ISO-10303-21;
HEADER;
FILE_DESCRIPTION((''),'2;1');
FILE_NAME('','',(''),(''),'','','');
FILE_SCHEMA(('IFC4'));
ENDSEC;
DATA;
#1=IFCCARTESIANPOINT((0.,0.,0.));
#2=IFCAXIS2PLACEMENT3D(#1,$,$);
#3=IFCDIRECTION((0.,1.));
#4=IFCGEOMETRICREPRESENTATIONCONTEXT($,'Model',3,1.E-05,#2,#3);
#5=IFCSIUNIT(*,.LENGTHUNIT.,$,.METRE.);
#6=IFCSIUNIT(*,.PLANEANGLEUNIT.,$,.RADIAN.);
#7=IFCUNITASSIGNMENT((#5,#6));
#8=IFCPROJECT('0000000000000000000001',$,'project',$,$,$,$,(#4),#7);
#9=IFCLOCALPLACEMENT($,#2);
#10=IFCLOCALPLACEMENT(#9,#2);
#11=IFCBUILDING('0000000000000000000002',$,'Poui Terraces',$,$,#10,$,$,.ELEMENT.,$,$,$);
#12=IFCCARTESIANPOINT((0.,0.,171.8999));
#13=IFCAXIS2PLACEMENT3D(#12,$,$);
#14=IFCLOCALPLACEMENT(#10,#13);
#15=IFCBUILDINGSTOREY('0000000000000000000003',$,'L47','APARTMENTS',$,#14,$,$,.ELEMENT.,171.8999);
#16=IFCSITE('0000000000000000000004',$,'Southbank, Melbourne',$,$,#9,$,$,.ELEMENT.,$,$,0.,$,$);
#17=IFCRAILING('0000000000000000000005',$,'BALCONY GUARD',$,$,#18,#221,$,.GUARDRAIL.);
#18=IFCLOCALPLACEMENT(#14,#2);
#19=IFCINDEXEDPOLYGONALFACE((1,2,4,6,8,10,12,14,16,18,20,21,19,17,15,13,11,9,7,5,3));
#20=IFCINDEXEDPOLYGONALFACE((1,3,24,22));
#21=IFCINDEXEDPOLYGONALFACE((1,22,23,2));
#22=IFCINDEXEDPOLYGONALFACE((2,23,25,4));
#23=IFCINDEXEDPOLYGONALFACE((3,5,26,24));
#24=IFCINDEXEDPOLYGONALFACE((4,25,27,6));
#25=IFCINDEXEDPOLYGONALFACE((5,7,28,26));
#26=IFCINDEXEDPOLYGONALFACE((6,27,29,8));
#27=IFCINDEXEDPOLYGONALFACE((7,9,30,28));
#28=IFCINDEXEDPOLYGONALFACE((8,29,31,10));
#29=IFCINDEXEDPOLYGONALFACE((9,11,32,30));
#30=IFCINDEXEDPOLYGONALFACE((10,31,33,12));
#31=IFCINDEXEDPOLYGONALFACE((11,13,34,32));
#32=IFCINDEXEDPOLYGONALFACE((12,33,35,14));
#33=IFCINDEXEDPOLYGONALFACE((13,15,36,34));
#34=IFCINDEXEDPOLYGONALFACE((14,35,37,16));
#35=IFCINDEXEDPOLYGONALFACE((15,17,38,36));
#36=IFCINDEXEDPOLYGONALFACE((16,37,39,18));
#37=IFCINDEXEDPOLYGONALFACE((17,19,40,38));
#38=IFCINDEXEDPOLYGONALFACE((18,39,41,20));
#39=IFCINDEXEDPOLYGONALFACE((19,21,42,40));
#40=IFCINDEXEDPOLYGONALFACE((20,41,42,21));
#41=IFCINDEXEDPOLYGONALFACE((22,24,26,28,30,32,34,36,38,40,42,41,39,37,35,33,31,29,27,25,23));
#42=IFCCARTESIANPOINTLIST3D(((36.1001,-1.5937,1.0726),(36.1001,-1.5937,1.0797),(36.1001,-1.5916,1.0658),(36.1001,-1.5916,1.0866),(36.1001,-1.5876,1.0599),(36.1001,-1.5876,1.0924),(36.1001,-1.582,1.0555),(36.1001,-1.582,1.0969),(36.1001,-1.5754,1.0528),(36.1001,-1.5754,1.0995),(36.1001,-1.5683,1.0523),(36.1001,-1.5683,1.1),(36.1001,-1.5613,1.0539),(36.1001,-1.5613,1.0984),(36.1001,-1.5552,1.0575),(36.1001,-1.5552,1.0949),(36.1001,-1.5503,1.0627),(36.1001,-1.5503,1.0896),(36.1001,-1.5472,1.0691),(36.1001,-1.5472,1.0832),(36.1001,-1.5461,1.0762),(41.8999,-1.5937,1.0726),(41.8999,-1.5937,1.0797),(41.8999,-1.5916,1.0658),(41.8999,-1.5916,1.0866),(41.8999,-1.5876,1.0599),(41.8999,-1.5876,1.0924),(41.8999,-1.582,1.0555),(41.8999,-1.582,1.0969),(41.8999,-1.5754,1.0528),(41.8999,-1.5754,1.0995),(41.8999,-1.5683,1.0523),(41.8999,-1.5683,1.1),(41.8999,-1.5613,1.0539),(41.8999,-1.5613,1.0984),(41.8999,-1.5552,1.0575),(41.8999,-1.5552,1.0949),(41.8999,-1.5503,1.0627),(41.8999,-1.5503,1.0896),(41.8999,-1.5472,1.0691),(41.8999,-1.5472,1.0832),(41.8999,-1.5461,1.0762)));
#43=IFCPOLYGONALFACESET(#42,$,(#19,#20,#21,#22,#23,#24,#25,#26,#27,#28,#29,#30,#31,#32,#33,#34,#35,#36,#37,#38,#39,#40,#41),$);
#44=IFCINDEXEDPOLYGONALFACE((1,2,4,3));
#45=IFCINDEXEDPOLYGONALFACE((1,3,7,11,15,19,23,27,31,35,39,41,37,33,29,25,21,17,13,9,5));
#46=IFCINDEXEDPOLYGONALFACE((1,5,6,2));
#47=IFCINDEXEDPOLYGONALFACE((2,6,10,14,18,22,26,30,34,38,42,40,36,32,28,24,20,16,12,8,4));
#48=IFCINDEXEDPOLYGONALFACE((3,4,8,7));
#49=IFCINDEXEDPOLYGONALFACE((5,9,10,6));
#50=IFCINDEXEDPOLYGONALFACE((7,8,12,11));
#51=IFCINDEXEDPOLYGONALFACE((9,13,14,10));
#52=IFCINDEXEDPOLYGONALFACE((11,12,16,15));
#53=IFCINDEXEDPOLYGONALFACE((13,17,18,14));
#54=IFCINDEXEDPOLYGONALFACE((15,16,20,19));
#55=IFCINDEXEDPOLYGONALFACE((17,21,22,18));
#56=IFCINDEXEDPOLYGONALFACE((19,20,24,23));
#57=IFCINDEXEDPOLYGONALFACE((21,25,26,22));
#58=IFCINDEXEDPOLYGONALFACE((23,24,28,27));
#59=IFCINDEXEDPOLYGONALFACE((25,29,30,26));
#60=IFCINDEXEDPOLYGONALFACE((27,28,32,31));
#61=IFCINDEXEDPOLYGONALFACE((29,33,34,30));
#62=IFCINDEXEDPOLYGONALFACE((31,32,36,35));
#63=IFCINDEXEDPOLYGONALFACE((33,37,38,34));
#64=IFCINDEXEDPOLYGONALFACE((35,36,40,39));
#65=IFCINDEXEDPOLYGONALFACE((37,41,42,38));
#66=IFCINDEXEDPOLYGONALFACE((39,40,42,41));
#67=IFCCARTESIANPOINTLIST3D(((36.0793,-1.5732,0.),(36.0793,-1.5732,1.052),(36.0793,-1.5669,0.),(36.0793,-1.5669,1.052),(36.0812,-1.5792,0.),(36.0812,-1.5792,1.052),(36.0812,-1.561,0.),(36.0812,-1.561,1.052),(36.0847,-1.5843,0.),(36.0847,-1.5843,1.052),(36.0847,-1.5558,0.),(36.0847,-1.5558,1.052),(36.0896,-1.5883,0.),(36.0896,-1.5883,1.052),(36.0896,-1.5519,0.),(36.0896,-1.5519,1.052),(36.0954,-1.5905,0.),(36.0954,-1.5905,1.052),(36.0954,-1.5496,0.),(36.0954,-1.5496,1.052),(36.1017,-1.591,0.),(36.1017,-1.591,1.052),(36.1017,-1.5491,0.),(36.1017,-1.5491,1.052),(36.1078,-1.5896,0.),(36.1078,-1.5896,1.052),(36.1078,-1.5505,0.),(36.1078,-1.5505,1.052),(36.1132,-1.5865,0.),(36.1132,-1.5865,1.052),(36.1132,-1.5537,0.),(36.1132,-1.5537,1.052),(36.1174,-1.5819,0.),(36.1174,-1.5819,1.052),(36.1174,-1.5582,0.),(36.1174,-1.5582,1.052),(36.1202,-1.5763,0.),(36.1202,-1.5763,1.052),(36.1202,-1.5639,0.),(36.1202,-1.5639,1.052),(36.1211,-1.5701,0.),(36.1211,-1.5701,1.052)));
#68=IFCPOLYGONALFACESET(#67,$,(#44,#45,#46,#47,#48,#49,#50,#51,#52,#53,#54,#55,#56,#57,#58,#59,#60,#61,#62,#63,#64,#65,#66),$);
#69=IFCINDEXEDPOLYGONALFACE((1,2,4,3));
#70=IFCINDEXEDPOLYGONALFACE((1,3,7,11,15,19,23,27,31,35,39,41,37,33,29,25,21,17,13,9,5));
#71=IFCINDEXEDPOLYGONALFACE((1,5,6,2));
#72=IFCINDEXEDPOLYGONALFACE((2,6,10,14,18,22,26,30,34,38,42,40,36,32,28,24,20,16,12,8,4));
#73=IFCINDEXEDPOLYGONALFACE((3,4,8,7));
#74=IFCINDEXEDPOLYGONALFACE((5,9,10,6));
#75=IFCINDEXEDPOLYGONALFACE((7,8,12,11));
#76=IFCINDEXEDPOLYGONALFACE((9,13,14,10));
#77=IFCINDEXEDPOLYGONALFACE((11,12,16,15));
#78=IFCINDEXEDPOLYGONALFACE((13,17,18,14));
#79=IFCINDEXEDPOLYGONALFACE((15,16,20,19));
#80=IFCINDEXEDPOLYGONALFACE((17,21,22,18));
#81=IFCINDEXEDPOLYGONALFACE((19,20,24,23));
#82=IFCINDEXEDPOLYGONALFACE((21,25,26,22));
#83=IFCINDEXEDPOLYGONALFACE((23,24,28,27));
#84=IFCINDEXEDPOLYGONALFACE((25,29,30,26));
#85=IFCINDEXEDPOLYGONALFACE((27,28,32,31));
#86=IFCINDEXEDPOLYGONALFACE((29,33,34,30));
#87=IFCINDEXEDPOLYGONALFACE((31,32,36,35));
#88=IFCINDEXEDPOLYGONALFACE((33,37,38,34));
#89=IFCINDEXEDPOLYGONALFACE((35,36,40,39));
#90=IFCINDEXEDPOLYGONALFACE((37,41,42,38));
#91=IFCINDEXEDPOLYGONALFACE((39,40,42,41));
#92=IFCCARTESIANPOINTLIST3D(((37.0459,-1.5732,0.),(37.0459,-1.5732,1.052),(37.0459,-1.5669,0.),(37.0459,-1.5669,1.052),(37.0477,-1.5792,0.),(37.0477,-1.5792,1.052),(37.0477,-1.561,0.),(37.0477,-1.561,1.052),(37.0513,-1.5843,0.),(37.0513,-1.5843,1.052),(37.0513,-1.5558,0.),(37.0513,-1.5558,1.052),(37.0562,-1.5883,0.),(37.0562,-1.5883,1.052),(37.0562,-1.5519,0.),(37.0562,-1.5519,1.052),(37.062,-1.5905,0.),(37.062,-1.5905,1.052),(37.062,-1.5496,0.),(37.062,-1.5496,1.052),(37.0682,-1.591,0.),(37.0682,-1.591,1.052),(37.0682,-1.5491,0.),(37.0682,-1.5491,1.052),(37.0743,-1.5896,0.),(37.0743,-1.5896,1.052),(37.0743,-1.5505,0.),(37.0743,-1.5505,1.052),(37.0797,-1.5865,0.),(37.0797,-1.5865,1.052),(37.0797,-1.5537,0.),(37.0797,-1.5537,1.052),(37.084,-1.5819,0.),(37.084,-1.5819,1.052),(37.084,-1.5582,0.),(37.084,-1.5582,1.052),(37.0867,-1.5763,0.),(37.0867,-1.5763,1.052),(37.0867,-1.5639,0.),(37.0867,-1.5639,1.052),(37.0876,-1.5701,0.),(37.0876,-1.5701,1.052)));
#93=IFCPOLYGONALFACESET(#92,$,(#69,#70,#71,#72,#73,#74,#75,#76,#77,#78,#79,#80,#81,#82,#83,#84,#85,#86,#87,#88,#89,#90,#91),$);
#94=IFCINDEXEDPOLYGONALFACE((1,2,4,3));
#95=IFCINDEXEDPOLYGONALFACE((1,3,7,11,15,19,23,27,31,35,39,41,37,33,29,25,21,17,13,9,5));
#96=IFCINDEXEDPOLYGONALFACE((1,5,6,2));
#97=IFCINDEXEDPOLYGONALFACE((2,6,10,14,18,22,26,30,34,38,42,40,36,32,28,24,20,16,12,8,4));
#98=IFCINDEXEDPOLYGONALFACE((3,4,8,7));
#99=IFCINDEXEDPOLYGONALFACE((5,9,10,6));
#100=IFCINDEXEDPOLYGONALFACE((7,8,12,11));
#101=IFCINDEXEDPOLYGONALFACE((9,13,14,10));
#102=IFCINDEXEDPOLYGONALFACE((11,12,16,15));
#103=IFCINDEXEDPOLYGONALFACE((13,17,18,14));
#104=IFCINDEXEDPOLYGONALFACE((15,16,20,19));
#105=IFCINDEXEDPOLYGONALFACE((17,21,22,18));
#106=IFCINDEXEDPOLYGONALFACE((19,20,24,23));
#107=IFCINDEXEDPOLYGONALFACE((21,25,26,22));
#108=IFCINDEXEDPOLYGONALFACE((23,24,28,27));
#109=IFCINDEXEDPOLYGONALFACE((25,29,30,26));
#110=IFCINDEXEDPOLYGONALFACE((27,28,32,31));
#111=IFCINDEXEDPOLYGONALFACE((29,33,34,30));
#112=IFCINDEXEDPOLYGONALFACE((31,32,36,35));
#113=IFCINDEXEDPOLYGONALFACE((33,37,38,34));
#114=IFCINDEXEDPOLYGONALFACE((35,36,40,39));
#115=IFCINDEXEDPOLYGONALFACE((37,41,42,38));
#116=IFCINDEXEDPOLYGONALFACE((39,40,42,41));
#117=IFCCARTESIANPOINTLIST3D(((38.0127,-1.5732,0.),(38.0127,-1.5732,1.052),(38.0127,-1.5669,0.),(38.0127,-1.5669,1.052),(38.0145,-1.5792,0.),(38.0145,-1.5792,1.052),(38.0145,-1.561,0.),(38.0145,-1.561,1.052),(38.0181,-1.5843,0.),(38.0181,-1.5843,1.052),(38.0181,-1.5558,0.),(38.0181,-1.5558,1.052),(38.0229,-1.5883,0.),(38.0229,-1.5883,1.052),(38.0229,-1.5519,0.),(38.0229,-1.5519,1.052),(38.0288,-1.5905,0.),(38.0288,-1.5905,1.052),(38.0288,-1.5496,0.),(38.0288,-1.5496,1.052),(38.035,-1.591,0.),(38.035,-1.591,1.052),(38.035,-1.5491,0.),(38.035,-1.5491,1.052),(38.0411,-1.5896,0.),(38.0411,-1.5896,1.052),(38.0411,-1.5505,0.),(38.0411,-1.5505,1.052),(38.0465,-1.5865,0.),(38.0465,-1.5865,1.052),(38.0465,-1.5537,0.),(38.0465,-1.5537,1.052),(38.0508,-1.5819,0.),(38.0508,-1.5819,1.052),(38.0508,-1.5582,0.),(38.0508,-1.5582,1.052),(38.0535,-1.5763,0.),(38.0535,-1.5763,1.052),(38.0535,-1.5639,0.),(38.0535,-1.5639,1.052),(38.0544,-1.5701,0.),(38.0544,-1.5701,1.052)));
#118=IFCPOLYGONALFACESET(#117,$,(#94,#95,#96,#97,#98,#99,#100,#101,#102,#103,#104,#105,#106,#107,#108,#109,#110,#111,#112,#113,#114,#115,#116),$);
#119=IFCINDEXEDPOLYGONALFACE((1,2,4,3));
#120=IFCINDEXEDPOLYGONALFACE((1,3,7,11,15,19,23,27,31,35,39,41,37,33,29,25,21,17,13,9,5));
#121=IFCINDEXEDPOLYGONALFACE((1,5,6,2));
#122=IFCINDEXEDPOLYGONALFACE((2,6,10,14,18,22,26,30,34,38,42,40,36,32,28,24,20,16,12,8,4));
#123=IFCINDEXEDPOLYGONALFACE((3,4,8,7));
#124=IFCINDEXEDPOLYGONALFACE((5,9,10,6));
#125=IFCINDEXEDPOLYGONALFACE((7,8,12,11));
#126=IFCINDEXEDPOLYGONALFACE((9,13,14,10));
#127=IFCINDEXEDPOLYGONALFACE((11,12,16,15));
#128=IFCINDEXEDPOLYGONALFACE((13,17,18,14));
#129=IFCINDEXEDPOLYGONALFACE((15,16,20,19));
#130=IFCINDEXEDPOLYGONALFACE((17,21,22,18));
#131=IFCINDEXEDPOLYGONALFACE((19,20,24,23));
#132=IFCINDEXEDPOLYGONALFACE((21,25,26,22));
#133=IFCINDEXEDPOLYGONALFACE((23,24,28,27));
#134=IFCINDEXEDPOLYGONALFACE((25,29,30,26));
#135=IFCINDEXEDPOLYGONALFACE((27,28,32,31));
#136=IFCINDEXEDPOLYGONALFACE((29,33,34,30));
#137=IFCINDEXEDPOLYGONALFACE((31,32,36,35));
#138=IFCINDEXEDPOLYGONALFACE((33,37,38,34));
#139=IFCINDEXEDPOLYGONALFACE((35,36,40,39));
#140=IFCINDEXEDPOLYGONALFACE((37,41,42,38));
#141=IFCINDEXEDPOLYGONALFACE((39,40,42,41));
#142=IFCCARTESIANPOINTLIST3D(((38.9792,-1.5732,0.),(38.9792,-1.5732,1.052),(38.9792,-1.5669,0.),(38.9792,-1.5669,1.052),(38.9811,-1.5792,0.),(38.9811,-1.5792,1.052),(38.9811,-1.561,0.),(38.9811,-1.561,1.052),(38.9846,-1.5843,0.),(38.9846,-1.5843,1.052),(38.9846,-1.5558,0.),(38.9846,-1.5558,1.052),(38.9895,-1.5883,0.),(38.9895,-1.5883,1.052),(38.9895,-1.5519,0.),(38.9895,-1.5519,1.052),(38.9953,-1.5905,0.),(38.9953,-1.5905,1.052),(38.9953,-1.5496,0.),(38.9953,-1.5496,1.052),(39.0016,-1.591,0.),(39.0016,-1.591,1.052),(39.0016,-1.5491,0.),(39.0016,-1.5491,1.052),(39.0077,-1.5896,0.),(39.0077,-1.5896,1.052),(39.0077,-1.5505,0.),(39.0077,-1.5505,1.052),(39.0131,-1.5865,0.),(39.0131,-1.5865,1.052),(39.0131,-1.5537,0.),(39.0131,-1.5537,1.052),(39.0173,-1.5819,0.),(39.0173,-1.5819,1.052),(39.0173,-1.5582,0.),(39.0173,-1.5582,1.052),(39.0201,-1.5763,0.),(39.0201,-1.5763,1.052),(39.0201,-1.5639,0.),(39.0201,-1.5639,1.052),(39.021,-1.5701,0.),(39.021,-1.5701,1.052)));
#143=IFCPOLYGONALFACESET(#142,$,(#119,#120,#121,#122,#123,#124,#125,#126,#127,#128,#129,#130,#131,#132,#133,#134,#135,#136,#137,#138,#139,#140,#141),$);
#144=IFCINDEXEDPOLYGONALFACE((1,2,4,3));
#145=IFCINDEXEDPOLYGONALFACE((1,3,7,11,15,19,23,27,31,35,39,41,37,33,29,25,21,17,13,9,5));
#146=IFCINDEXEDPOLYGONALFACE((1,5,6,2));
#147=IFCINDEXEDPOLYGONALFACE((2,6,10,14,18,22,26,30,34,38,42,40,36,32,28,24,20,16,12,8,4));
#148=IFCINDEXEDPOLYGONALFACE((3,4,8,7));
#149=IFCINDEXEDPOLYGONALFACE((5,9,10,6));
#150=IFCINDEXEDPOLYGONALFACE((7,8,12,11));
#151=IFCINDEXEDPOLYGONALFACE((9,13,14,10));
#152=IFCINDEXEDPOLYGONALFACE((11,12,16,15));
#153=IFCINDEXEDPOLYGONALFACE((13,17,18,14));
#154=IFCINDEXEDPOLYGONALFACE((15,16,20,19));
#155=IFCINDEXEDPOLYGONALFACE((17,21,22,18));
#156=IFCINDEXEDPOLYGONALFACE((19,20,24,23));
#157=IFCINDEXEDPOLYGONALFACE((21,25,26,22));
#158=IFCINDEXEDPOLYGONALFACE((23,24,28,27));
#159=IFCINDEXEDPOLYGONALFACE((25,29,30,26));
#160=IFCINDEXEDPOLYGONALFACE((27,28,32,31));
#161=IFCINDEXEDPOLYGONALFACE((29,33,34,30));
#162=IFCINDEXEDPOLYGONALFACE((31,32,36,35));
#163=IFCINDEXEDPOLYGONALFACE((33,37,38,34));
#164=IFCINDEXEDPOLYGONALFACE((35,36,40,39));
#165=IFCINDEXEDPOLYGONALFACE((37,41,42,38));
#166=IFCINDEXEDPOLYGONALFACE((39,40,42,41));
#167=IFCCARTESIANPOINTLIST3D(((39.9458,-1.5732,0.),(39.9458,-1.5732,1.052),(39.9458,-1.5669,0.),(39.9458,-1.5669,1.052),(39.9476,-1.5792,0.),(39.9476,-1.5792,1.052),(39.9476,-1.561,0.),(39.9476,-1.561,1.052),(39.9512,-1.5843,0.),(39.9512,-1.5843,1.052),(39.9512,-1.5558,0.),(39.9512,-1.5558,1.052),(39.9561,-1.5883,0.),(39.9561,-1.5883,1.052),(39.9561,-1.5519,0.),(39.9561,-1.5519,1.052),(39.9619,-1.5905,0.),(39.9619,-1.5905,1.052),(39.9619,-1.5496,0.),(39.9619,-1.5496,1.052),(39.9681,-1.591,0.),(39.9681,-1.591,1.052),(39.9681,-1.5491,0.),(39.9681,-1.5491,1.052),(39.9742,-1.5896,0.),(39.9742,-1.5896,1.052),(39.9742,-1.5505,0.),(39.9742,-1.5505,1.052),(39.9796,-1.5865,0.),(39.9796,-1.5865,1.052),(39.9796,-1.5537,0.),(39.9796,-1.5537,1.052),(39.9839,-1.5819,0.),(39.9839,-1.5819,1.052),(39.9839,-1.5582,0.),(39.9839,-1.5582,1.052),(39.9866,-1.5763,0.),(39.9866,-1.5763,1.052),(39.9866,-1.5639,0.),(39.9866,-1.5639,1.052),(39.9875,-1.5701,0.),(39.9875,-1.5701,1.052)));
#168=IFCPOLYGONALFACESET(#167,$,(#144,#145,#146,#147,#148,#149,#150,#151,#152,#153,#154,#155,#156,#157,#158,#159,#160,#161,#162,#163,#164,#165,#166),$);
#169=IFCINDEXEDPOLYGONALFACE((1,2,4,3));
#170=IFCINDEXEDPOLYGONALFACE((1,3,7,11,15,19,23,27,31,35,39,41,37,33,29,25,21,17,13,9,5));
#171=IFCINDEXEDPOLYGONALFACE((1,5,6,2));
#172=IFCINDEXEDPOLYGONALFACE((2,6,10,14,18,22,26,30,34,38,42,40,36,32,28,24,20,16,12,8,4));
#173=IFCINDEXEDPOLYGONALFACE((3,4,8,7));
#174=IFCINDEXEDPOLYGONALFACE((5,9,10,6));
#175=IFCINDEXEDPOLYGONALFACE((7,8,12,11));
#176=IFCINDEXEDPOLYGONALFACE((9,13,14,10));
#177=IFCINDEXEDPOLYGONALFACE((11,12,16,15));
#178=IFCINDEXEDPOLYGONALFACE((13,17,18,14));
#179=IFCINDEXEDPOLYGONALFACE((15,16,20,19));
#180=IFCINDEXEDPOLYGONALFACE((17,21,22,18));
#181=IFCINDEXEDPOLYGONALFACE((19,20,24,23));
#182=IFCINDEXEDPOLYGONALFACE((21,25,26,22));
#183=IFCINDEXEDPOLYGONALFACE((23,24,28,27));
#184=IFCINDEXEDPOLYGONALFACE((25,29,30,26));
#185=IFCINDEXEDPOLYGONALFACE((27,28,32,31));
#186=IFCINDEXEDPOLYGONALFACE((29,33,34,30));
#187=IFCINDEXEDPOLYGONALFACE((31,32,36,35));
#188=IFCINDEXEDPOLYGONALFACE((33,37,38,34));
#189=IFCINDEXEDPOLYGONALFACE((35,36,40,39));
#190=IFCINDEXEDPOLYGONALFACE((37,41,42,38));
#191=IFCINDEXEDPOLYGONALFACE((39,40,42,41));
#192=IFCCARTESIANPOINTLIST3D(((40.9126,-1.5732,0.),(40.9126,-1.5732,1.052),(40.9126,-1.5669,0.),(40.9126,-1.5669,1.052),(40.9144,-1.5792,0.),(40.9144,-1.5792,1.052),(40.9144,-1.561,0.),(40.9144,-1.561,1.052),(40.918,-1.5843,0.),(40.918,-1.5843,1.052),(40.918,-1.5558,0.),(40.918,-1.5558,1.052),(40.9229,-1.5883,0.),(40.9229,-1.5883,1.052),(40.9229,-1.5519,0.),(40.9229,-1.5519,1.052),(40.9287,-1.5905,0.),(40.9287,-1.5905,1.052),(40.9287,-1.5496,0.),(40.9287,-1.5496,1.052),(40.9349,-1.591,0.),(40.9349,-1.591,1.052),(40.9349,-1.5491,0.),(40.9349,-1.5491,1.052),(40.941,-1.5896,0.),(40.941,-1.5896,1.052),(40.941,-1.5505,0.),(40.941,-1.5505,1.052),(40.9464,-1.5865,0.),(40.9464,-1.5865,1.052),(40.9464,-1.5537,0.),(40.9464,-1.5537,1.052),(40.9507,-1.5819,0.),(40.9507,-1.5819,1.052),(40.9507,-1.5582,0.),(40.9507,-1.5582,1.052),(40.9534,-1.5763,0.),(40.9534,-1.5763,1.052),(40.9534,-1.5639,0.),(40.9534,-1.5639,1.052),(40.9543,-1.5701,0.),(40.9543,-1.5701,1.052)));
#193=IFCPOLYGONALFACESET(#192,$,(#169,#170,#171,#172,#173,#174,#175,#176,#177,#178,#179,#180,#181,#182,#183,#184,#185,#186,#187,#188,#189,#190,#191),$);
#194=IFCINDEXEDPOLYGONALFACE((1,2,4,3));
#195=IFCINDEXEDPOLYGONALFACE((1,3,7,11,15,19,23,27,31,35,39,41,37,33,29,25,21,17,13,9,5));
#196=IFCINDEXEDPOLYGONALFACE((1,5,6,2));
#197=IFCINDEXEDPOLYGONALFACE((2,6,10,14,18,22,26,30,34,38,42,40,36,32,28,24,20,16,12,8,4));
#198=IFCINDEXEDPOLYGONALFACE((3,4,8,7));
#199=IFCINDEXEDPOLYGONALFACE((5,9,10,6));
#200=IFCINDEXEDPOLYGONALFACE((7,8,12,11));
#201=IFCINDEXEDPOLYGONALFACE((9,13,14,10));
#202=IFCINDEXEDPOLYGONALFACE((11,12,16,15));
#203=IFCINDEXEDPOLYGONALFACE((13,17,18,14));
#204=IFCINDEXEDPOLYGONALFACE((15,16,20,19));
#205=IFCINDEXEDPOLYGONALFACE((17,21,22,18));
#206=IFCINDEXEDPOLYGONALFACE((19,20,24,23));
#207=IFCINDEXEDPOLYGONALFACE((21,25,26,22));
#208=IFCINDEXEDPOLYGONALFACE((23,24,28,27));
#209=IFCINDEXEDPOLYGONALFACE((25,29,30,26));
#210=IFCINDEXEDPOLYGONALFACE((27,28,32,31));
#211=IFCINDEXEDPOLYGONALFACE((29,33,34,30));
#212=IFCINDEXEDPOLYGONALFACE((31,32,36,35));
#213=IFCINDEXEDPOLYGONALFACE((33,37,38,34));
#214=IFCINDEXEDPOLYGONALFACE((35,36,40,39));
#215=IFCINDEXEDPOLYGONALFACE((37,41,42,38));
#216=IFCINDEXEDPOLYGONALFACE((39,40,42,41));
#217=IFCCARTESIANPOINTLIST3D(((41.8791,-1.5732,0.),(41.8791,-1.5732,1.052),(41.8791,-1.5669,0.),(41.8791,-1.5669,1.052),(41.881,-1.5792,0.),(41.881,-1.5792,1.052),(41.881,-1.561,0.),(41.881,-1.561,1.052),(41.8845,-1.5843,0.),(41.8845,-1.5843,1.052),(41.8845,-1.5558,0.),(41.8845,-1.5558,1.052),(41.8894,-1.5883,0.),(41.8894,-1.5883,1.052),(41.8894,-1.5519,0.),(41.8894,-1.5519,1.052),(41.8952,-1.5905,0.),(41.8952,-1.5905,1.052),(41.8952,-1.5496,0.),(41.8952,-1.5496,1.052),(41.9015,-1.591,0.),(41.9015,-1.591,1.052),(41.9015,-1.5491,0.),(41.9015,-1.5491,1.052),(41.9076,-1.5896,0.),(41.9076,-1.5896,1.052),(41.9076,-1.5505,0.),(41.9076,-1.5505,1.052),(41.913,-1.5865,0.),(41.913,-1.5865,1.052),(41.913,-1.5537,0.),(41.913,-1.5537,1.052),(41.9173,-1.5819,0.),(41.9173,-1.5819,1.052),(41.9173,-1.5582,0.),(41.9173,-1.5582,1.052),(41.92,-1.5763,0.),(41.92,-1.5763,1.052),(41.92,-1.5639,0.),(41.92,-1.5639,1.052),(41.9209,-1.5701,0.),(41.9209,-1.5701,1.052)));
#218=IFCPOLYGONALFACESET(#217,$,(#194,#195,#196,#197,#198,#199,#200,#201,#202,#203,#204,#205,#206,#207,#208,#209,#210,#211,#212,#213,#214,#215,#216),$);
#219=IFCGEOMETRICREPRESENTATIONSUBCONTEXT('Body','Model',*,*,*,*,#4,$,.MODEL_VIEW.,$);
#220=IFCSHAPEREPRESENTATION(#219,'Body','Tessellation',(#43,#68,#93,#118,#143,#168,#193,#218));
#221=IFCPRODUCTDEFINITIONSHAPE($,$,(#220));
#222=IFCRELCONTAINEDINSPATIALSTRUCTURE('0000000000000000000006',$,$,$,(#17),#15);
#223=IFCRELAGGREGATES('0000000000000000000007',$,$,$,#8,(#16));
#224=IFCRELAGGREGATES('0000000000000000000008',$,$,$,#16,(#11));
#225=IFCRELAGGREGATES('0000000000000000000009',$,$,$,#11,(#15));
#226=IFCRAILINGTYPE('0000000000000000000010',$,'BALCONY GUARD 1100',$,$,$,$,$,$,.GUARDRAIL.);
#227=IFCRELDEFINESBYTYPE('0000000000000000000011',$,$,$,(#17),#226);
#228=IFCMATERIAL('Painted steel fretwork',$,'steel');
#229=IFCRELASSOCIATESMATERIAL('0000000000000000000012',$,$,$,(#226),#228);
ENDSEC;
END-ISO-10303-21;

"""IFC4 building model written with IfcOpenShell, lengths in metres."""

from ifc_helpers import new_model, si_unit, direction, frame, origin, origin_2d, place, context, subcontext, project, spatial, circle, extrude, material, type_object, element, save


model = new_model("IFC4")

# Units and contexts
model_context = context("Model", 3, precision=1e-05, world=origin(), true_north=direction((0.0, 1.0)))
body_context = subcontext(model_context, "Body", "Model", "MODEL_VIEW")
ifc_project = project(units=[si_unit("LENGTHUNIT", "METRE"), si_unit("PLANEANGLEUNIT", "RADIAN")], contexts=[model_context])

# Site, building, storey
site_placement = place(None, origin())
site = spatial("IfcSite", under=ifc_project, at=site_placement, Name="Southbank, Melbourne", CompositionType="ELEMENT", RefElevation=0.0)
building_placement = place(site_placement, origin())
building = spatial("IfcBuilding", under=site, at=building_placement, Name="Poui Terraces", CompositionType="ELEMENT")
storey_placement = place(building_placement, frame((0.0, 0.0, 171.8999)))
storey = spatial("IfcBuildingStorey", under=building, at=storey_placement, Name="L47", Description="APARTMENTS", CompositionType="ELEMENT", Elevation=171.8999)

# Railing
ifc_material_1 = material(Name="Painted steel fretwork", Category="steel")
railing_type = type_object("IfcRailingType", Name="BALCONY GUARD 1100", PredefinedType="GUARDRAIL", material=ifc_material_1)
railing_placement = place(storey_placement, frame((36.1001, -1.5701, 0.0)))
element("IfcRailing", 1, at=railing_placement, inside=storey, type_object=railing_type, Name="BALCONY GUARD", PredefinedType="GUARDRAIL", context=body_context, shape_type="SweptSolid", body=[
    extrude(circle(Radius=0.0239, at=origin_2d()), frame((0.0, 0.0, 1.0762), z_axis=(1.0, 0.0, 0.0), x_axis=(0.0, 1.0, 0.0)), (0.0, 0.0, 1.0), 5.7998),
    extrude(circle(Radius=0.021, at=origin_2d()), origin(), (0.0, 0.0, 1.0), 1.052),
    extrude(circle(Radius=0.021, at=origin_2d()), frame((0.9666, 0.0, 0.0)), (0.0, 0.0, 1.0), 1.052),
    extrude(circle(Radius=0.021, at=origin_2d()), frame((1.9333, 0.0, 0.0)), (0.0, 0.0, 1.0), 1.052),
    extrude(circle(Radius=0.021, at=origin_2d()), frame((2.8999, 0.0, 0.0)), (0.0, 0.0, 1.0), 1.052),
    extrude(circle(Radius=0.021, at=origin_2d()), frame((3.8665, 0.0, 0.0)), (0.0, 0.0, 1.0), 1.052),
    extrude(circle(Radius=0.021, at=origin_2d()), frame((4.8333, 0.0, 0.0)), (0.0, 0.0, 1.0), 1.052),
    extrude(circle(Radius=0.021, at=origin_2d()), frame((5.7998, 0.0, 0.0)), (0.0, 0.0, 1.0), 1.052),
])

save(model, "model.ifc")
